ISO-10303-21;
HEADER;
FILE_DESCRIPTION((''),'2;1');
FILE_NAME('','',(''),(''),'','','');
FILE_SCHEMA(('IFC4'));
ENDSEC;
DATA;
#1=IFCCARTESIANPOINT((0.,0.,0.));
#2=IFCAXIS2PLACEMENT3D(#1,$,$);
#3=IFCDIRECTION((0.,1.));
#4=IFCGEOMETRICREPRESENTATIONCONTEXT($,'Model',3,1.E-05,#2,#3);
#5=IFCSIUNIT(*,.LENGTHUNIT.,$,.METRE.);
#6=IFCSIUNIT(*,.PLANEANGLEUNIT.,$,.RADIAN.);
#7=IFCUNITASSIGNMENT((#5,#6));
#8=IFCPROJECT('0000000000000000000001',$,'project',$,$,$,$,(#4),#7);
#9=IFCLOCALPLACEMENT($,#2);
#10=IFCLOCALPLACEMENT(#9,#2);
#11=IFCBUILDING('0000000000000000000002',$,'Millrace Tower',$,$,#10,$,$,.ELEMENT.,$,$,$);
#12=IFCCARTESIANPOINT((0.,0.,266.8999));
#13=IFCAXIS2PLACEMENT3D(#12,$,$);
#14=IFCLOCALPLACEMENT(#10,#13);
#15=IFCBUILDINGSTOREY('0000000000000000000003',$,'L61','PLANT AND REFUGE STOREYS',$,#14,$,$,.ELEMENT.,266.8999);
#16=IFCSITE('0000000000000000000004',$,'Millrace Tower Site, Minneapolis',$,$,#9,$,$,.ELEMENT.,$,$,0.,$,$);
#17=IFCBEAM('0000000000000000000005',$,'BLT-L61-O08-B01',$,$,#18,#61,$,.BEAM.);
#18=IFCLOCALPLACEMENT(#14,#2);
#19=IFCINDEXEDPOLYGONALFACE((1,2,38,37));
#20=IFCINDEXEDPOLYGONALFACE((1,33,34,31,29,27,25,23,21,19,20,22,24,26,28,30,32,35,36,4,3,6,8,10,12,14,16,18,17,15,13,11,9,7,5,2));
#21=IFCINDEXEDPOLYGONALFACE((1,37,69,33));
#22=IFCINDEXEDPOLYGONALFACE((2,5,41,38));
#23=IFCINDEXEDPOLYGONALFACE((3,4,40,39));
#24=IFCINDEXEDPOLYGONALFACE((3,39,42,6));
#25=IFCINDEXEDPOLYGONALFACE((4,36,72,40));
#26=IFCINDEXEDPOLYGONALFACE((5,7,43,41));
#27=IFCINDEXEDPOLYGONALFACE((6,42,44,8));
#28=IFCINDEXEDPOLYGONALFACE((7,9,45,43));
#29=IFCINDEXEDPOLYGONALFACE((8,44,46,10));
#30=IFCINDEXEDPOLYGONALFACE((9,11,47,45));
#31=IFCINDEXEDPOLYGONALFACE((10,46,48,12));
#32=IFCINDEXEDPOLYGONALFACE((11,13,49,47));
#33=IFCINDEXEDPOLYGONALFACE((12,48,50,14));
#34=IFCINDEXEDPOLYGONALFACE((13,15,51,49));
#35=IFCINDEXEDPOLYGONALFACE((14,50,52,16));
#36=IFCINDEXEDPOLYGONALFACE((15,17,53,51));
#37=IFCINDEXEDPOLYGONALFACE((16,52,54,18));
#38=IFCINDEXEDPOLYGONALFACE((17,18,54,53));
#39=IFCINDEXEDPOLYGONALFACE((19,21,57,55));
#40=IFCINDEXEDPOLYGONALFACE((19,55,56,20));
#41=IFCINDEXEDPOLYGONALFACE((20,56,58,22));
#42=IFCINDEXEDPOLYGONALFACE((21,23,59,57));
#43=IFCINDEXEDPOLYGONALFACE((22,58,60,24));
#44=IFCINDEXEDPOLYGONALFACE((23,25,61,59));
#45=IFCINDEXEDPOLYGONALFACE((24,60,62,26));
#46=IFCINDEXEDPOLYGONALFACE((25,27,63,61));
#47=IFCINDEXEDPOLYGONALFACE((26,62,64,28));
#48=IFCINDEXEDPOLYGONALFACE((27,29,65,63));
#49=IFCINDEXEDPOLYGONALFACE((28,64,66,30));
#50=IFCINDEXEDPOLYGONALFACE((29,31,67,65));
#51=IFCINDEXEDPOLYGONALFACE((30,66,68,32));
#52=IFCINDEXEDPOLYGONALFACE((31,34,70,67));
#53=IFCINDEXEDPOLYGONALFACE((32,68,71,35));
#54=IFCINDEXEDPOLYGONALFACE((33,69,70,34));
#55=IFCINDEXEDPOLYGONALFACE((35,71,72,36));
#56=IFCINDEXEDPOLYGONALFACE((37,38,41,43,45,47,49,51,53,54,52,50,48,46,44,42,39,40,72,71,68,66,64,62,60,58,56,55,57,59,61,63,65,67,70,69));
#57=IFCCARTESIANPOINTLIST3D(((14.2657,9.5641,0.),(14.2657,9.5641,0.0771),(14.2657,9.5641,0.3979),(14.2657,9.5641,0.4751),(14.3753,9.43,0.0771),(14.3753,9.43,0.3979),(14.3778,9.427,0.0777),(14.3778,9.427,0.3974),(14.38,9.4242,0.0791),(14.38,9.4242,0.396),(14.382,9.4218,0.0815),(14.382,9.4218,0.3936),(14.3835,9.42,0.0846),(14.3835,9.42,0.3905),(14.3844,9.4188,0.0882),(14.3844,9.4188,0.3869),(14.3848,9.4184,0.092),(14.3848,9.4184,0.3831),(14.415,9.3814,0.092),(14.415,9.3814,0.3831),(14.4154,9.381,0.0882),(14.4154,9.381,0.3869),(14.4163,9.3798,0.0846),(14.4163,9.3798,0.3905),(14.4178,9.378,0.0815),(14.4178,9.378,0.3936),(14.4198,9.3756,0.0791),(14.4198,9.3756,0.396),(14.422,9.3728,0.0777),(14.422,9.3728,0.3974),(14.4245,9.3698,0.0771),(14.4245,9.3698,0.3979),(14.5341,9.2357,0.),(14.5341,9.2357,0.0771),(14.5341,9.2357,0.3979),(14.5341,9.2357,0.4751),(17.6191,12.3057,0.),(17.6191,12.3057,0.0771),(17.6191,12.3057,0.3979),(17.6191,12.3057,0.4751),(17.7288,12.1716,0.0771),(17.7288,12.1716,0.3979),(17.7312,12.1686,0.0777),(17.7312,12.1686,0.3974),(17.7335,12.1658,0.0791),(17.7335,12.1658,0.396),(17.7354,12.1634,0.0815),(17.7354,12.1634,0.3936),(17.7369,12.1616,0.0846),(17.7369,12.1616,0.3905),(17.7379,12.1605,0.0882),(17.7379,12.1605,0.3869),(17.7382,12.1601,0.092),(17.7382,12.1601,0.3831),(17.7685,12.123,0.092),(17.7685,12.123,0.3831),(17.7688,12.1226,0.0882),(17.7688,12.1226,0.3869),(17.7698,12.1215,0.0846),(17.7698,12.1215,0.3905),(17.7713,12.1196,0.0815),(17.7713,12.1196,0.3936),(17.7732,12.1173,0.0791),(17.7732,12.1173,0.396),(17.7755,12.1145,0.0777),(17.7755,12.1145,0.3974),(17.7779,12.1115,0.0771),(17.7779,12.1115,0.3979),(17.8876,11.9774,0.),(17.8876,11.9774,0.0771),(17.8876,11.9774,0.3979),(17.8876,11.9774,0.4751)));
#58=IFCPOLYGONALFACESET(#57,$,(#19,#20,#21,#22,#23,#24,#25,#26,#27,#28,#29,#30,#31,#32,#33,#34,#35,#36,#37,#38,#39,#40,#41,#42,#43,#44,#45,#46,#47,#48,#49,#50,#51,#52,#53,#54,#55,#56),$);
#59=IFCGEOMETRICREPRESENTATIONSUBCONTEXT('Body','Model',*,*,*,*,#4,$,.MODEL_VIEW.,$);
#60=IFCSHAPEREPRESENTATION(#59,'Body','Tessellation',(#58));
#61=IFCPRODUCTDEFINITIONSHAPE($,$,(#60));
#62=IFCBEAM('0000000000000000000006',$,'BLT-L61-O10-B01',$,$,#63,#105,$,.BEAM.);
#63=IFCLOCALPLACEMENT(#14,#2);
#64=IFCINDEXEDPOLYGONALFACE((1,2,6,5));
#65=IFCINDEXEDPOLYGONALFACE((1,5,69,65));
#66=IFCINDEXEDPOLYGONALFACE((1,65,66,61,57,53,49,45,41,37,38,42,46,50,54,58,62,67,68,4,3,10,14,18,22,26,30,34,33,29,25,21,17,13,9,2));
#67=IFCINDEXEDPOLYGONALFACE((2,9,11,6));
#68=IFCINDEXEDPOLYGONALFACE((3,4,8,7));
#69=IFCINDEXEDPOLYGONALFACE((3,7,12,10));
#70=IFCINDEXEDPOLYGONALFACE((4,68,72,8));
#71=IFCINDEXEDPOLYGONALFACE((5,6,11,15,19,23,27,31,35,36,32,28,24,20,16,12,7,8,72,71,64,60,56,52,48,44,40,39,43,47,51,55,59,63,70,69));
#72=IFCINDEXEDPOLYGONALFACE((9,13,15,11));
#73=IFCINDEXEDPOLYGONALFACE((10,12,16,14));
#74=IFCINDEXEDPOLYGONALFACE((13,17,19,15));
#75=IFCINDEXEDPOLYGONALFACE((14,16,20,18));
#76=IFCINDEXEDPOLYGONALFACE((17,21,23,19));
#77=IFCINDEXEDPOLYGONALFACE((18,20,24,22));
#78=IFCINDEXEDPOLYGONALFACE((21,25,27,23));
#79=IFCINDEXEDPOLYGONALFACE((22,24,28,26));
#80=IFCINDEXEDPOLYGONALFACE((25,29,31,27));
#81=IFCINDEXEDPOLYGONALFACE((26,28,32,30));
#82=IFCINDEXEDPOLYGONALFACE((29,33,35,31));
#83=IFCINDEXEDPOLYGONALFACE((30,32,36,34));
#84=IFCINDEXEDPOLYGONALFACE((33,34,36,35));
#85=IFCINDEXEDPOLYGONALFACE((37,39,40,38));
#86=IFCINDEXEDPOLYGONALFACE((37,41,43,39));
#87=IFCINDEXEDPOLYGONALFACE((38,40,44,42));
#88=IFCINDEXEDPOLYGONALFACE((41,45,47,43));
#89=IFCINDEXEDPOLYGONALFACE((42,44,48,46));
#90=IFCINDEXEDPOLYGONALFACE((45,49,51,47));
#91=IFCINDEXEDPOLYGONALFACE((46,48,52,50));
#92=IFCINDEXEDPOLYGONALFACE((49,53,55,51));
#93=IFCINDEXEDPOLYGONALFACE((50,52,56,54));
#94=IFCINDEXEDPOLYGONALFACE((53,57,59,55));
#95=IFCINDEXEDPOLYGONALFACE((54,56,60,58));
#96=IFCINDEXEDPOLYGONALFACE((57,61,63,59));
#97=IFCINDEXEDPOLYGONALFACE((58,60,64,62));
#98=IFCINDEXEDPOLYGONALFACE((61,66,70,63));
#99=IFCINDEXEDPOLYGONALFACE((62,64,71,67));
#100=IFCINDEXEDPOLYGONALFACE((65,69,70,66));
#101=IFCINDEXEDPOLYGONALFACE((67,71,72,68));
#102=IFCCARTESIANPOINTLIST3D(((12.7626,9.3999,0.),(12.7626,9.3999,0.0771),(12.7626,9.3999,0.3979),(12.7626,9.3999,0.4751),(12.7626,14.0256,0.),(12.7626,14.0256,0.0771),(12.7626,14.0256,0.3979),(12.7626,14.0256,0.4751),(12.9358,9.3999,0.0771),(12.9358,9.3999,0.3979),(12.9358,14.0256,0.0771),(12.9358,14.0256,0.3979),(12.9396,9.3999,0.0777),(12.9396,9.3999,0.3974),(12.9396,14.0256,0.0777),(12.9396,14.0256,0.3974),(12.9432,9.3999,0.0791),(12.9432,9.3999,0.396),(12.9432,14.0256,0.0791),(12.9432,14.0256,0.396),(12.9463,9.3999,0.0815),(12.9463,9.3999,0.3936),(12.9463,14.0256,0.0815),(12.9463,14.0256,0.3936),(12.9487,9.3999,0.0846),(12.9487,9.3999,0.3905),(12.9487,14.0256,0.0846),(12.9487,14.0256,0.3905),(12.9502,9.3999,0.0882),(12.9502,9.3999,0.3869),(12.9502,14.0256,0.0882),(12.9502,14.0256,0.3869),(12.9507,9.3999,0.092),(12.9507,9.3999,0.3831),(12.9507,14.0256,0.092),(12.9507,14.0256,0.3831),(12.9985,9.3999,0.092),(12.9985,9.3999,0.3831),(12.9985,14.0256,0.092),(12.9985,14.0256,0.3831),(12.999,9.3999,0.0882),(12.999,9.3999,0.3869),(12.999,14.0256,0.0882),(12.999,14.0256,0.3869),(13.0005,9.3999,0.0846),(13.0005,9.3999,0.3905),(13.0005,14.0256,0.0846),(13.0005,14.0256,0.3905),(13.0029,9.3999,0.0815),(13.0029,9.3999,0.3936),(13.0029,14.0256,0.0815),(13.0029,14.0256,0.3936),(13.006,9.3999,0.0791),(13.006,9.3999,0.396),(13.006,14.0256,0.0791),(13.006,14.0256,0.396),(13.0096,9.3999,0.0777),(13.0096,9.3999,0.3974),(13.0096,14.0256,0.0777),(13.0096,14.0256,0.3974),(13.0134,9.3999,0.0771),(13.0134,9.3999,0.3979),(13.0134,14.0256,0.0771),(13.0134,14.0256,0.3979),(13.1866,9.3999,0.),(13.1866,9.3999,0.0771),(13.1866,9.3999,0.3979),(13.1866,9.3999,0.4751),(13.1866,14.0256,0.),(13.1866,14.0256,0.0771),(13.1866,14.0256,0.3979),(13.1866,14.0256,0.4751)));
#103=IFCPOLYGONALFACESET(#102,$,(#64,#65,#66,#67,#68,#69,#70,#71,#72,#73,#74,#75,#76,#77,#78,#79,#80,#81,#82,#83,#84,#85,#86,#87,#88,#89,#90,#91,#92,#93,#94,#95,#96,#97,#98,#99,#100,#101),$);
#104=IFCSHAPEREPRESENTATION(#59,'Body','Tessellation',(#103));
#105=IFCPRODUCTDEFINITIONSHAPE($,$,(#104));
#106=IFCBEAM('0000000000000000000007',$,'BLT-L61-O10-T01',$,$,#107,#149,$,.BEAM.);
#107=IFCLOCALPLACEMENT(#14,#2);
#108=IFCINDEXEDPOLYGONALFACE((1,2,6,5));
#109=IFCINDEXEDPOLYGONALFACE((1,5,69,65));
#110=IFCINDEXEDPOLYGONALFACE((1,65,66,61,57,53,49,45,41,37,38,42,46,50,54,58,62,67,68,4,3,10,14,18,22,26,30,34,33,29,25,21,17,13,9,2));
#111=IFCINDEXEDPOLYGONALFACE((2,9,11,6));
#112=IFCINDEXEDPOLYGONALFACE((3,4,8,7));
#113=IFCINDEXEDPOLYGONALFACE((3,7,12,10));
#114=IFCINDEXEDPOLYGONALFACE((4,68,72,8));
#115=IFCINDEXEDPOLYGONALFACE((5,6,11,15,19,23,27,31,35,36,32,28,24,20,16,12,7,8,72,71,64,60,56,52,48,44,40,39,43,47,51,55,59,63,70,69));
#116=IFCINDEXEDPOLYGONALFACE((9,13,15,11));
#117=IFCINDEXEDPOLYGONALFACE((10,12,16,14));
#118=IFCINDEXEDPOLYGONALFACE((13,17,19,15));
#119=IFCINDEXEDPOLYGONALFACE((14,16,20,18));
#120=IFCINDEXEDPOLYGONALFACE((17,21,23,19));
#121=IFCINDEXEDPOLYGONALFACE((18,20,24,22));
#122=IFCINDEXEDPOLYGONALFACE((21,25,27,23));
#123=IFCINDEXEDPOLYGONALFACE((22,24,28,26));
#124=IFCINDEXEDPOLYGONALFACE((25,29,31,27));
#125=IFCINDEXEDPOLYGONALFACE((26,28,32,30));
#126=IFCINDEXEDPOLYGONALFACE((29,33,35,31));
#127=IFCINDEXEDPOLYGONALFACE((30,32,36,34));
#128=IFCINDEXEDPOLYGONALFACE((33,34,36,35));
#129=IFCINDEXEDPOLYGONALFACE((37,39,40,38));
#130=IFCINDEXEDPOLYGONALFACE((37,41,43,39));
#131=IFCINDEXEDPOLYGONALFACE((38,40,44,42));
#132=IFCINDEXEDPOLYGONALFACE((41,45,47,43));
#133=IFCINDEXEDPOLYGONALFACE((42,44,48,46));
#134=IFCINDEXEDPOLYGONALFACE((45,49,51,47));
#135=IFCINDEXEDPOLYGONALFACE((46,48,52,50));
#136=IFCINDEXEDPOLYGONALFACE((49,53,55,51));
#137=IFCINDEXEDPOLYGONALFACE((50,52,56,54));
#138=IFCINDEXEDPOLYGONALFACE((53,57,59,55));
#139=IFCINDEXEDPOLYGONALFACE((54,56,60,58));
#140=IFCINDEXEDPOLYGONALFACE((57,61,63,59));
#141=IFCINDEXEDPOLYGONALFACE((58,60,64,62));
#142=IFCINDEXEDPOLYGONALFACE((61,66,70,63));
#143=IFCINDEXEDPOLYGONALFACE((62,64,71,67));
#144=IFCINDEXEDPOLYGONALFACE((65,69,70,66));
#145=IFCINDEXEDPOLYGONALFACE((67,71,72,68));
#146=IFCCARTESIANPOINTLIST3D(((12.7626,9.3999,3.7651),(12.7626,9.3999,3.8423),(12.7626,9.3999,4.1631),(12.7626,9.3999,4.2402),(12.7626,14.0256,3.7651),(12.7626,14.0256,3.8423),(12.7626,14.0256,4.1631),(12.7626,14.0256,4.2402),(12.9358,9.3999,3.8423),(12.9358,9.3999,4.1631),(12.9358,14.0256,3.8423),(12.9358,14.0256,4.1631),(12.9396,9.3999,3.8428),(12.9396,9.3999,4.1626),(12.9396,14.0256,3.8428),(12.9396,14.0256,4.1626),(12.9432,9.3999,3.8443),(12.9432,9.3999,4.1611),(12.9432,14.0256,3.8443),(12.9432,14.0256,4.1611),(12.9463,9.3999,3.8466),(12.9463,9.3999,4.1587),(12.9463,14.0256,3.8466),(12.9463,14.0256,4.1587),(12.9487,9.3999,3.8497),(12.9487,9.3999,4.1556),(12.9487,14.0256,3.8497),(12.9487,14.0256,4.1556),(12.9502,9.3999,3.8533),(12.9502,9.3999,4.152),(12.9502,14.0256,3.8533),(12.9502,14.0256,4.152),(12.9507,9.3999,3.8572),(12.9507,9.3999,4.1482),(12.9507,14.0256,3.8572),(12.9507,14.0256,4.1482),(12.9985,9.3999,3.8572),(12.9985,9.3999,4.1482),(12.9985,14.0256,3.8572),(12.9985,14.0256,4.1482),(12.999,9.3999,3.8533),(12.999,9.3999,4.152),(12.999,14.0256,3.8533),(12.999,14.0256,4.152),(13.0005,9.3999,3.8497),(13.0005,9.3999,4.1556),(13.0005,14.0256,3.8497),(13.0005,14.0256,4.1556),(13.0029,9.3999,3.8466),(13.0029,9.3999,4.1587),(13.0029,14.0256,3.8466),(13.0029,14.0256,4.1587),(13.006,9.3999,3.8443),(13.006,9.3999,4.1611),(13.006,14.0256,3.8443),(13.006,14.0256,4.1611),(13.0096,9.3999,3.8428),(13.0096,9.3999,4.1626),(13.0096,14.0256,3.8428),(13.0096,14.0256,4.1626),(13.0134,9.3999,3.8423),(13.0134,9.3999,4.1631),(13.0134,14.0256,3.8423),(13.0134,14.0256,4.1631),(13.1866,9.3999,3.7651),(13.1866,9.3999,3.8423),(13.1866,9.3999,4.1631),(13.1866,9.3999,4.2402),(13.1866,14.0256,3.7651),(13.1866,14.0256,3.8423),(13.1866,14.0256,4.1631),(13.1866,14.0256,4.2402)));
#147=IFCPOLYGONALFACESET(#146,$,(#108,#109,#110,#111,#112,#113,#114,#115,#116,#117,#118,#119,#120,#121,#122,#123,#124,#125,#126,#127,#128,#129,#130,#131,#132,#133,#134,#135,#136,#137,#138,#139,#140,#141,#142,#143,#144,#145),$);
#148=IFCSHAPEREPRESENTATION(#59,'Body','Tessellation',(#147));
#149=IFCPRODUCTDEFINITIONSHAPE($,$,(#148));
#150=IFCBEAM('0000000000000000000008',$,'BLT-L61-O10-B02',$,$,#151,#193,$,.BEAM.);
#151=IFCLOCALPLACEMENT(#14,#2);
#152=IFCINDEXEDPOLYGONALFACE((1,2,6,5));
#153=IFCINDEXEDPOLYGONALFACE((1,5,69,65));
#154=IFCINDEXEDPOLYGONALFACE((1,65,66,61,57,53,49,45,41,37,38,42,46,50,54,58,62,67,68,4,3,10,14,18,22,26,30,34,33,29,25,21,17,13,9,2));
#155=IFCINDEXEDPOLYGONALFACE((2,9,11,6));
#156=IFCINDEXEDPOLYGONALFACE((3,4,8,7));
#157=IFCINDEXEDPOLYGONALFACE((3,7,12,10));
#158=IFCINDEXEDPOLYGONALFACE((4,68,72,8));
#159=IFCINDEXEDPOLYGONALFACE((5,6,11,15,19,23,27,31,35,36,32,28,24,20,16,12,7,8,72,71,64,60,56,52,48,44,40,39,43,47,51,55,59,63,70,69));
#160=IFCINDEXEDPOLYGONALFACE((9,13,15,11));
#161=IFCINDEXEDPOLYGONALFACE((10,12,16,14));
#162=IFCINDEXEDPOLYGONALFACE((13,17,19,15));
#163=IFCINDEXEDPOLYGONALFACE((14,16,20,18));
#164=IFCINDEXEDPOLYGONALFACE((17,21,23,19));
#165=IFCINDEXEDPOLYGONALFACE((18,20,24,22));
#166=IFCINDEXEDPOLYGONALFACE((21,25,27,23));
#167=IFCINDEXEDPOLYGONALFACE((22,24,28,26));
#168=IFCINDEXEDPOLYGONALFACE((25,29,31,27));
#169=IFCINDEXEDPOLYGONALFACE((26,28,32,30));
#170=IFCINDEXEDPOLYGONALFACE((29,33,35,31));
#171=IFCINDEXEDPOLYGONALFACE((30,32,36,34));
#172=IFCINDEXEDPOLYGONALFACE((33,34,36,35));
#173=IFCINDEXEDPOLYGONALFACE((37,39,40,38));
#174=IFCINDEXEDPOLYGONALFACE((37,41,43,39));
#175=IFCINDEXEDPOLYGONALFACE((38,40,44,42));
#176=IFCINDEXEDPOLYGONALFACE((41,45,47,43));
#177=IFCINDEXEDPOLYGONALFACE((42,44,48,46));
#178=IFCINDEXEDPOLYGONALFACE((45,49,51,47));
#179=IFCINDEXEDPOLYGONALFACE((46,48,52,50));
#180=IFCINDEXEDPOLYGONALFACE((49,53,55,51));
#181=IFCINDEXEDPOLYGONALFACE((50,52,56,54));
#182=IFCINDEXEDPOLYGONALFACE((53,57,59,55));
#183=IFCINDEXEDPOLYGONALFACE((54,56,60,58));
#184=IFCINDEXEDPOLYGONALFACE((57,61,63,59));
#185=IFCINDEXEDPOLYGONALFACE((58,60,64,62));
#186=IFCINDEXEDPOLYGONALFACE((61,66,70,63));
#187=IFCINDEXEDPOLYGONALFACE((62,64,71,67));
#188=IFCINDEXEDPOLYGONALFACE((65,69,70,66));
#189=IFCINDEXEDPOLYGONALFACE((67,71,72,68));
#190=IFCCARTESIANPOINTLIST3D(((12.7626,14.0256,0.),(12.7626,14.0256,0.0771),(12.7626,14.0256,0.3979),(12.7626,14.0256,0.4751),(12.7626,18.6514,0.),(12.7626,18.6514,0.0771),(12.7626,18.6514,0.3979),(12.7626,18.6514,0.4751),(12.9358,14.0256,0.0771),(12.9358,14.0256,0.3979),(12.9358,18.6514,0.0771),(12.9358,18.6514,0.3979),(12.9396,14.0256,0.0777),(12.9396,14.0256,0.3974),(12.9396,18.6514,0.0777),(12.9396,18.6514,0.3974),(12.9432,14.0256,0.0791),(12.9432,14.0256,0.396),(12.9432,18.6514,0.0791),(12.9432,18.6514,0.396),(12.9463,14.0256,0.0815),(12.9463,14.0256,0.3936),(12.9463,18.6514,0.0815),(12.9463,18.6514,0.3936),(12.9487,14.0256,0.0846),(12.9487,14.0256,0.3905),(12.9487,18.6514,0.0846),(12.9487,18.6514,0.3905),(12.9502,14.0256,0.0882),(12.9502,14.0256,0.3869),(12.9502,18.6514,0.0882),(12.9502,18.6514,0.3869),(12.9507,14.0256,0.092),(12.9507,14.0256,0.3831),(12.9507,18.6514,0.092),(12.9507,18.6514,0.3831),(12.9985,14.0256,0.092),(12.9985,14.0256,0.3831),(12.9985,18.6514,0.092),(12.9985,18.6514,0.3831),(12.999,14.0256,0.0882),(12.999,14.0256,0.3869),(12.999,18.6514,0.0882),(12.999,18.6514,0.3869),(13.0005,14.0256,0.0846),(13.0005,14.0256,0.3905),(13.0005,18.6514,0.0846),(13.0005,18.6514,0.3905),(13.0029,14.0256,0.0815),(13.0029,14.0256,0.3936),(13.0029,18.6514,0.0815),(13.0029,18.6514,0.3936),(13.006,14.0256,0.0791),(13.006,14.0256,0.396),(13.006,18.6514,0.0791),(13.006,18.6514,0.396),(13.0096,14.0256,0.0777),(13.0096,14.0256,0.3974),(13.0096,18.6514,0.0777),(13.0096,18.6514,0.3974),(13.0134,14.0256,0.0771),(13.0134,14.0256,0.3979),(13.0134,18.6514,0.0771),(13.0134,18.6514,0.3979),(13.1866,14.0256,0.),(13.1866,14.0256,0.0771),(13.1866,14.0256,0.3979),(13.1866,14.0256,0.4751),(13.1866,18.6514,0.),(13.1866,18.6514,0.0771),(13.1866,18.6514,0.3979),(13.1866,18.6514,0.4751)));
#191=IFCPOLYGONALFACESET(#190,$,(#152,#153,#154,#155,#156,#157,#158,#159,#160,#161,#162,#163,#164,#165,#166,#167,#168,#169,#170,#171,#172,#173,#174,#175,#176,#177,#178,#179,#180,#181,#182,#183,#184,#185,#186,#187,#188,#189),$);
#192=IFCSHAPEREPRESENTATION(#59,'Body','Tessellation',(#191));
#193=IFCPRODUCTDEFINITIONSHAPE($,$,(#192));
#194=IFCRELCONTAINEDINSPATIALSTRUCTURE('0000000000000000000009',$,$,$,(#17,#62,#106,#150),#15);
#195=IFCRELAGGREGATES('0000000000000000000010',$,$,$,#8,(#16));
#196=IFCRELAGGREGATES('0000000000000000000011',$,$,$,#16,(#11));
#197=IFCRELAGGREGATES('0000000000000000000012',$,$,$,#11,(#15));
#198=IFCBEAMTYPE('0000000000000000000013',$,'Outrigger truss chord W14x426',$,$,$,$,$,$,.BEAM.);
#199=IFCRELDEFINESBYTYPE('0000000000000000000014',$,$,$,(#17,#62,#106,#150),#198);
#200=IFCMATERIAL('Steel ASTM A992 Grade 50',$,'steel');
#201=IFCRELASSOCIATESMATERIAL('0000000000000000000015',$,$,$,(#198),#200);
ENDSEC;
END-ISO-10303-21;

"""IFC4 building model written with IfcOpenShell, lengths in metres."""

from ifc_helpers import new_model, si_unit, direction, frame, origin, origin_2d, place, context, subcontext, project, spatial, i_section, extrude, material, material_profile, profile_set, type_object, element, save


model = new_model("IFC4")

# Units and contexts
model_context = context("Model", 3, precision=1e-05, world=origin(), true_north=direction((0.0, 1.0)))
body_context = subcontext(model_context, "Body", "Model", "MODEL_VIEW")
ifc_project = project(units=[si_unit("LENGTHUNIT", "METRE"), si_unit("PLANEANGLEUNIT", "RADIAN")], contexts=[model_context])

# Site, building, storey
site_placement = place(None, origin())
site = spatial("IfcSite", under=ifc_project, at=site_placement, Name="Millrace Tower Site, Minneapolis", CompositionType="ELEMENT", RefElevation=0.0)
building_placement = place(site_placement, origin())
building = spatial("IfcBuilding", under=site, at=building_placement, Name="Millrace Tower", CompositionType="ELEMENT")
storey_placement = place(building_placement, frame((0.0, 0.0, 266.8999)))
storey = spatial("IfcBuildingStorey", under=building, at=storey_placement, Name="L61", Description="PLANT AND REFUGE STOREYS", CompositionType="ELEMENT", Elevation=266.8999)

# Beams
ifc_material_1 = material(Name="Steel ASTM A992 Grade 50", Category="steel")
ifc_material_profile_1 = material_profile(ifc_material_1, i_section(OverallWidth=0.4241, OverallDepth=0.4751, WebThickness=0.0479, FlangeThickness=0.0771, FilletRadius=0.0149, at=origin_2d()))
ifc_profile_set_1 = profile_set([ifc_material_profile_1], Name="Steel ASTM A992 Grade 50")
beam_type = type_object("IfcBeamType", Name="Outrigger truss chord W14x426", PredefinedType="BEAM", material=ifc_profile_set_1)
beam_placement = place(storey_placement, frame((14.3999, 9.3999, 0.2375), z_axis=(0.774193, 0.632949, 0.0), x_axis=(-0.632949, 0.774193, 0.0)))
element("IfcBeam", 1, at=beam_placement, inside=storey, type_object=beam_type, Name="BLT-L61-O08-B01", PredefinedType="BEAM", context=body_context, shape_type="SweptSolid", body=[
    extrude(i_section(OverallWidth=0.4241, OverallDepth=0.4751, WebThickness=0.0479, FlangeThickness=0.0771, FilletRadius=0.0149, at=origin_2d()), origin(), (0.0, 0.0, 1.0), 4.3315),
])
for number, where, z_axis, x_axis, name in (
    (2, (12.9746, 9.3999, 0.2375), (0.0, 1.0, 0.0), (-1.0, 0.0, 0.0), "BLT-L61-O10-B01"),
    (3, (12.9746, 9.3999, 4.0027), (0.0, 1.0, 0.0), (-1.0, 0.0, 0.0), "BLT-L61-O10-T01"),
    (4, (12.9746, 14.0256, 0.2375), (0.0, 1.0, 0.0), (-1.0, 0.0, 0.0), "BLT-L61-O10-B02"),
):
    element("IfcBeam", number, at=place(storey_placement, frame(where, z_axis=z_axis, x_axis=x_axis)), inside=storey, type_object=beam_type, Name=name, PredefinedType="BEAM", context=body_context, shape_type="SweptSolid", body=[
        extrude(i_section(OverallWidth=0.4241, OverallDepth=0.4751, WebThickness=0.0479, FlangeThickness=0.0771, FilletRadius=0.0149, at=origin_2d()), origin(), (0.0, 0.0, 1.0), 4.6257),
    ])

save(model, "model.ifc")
